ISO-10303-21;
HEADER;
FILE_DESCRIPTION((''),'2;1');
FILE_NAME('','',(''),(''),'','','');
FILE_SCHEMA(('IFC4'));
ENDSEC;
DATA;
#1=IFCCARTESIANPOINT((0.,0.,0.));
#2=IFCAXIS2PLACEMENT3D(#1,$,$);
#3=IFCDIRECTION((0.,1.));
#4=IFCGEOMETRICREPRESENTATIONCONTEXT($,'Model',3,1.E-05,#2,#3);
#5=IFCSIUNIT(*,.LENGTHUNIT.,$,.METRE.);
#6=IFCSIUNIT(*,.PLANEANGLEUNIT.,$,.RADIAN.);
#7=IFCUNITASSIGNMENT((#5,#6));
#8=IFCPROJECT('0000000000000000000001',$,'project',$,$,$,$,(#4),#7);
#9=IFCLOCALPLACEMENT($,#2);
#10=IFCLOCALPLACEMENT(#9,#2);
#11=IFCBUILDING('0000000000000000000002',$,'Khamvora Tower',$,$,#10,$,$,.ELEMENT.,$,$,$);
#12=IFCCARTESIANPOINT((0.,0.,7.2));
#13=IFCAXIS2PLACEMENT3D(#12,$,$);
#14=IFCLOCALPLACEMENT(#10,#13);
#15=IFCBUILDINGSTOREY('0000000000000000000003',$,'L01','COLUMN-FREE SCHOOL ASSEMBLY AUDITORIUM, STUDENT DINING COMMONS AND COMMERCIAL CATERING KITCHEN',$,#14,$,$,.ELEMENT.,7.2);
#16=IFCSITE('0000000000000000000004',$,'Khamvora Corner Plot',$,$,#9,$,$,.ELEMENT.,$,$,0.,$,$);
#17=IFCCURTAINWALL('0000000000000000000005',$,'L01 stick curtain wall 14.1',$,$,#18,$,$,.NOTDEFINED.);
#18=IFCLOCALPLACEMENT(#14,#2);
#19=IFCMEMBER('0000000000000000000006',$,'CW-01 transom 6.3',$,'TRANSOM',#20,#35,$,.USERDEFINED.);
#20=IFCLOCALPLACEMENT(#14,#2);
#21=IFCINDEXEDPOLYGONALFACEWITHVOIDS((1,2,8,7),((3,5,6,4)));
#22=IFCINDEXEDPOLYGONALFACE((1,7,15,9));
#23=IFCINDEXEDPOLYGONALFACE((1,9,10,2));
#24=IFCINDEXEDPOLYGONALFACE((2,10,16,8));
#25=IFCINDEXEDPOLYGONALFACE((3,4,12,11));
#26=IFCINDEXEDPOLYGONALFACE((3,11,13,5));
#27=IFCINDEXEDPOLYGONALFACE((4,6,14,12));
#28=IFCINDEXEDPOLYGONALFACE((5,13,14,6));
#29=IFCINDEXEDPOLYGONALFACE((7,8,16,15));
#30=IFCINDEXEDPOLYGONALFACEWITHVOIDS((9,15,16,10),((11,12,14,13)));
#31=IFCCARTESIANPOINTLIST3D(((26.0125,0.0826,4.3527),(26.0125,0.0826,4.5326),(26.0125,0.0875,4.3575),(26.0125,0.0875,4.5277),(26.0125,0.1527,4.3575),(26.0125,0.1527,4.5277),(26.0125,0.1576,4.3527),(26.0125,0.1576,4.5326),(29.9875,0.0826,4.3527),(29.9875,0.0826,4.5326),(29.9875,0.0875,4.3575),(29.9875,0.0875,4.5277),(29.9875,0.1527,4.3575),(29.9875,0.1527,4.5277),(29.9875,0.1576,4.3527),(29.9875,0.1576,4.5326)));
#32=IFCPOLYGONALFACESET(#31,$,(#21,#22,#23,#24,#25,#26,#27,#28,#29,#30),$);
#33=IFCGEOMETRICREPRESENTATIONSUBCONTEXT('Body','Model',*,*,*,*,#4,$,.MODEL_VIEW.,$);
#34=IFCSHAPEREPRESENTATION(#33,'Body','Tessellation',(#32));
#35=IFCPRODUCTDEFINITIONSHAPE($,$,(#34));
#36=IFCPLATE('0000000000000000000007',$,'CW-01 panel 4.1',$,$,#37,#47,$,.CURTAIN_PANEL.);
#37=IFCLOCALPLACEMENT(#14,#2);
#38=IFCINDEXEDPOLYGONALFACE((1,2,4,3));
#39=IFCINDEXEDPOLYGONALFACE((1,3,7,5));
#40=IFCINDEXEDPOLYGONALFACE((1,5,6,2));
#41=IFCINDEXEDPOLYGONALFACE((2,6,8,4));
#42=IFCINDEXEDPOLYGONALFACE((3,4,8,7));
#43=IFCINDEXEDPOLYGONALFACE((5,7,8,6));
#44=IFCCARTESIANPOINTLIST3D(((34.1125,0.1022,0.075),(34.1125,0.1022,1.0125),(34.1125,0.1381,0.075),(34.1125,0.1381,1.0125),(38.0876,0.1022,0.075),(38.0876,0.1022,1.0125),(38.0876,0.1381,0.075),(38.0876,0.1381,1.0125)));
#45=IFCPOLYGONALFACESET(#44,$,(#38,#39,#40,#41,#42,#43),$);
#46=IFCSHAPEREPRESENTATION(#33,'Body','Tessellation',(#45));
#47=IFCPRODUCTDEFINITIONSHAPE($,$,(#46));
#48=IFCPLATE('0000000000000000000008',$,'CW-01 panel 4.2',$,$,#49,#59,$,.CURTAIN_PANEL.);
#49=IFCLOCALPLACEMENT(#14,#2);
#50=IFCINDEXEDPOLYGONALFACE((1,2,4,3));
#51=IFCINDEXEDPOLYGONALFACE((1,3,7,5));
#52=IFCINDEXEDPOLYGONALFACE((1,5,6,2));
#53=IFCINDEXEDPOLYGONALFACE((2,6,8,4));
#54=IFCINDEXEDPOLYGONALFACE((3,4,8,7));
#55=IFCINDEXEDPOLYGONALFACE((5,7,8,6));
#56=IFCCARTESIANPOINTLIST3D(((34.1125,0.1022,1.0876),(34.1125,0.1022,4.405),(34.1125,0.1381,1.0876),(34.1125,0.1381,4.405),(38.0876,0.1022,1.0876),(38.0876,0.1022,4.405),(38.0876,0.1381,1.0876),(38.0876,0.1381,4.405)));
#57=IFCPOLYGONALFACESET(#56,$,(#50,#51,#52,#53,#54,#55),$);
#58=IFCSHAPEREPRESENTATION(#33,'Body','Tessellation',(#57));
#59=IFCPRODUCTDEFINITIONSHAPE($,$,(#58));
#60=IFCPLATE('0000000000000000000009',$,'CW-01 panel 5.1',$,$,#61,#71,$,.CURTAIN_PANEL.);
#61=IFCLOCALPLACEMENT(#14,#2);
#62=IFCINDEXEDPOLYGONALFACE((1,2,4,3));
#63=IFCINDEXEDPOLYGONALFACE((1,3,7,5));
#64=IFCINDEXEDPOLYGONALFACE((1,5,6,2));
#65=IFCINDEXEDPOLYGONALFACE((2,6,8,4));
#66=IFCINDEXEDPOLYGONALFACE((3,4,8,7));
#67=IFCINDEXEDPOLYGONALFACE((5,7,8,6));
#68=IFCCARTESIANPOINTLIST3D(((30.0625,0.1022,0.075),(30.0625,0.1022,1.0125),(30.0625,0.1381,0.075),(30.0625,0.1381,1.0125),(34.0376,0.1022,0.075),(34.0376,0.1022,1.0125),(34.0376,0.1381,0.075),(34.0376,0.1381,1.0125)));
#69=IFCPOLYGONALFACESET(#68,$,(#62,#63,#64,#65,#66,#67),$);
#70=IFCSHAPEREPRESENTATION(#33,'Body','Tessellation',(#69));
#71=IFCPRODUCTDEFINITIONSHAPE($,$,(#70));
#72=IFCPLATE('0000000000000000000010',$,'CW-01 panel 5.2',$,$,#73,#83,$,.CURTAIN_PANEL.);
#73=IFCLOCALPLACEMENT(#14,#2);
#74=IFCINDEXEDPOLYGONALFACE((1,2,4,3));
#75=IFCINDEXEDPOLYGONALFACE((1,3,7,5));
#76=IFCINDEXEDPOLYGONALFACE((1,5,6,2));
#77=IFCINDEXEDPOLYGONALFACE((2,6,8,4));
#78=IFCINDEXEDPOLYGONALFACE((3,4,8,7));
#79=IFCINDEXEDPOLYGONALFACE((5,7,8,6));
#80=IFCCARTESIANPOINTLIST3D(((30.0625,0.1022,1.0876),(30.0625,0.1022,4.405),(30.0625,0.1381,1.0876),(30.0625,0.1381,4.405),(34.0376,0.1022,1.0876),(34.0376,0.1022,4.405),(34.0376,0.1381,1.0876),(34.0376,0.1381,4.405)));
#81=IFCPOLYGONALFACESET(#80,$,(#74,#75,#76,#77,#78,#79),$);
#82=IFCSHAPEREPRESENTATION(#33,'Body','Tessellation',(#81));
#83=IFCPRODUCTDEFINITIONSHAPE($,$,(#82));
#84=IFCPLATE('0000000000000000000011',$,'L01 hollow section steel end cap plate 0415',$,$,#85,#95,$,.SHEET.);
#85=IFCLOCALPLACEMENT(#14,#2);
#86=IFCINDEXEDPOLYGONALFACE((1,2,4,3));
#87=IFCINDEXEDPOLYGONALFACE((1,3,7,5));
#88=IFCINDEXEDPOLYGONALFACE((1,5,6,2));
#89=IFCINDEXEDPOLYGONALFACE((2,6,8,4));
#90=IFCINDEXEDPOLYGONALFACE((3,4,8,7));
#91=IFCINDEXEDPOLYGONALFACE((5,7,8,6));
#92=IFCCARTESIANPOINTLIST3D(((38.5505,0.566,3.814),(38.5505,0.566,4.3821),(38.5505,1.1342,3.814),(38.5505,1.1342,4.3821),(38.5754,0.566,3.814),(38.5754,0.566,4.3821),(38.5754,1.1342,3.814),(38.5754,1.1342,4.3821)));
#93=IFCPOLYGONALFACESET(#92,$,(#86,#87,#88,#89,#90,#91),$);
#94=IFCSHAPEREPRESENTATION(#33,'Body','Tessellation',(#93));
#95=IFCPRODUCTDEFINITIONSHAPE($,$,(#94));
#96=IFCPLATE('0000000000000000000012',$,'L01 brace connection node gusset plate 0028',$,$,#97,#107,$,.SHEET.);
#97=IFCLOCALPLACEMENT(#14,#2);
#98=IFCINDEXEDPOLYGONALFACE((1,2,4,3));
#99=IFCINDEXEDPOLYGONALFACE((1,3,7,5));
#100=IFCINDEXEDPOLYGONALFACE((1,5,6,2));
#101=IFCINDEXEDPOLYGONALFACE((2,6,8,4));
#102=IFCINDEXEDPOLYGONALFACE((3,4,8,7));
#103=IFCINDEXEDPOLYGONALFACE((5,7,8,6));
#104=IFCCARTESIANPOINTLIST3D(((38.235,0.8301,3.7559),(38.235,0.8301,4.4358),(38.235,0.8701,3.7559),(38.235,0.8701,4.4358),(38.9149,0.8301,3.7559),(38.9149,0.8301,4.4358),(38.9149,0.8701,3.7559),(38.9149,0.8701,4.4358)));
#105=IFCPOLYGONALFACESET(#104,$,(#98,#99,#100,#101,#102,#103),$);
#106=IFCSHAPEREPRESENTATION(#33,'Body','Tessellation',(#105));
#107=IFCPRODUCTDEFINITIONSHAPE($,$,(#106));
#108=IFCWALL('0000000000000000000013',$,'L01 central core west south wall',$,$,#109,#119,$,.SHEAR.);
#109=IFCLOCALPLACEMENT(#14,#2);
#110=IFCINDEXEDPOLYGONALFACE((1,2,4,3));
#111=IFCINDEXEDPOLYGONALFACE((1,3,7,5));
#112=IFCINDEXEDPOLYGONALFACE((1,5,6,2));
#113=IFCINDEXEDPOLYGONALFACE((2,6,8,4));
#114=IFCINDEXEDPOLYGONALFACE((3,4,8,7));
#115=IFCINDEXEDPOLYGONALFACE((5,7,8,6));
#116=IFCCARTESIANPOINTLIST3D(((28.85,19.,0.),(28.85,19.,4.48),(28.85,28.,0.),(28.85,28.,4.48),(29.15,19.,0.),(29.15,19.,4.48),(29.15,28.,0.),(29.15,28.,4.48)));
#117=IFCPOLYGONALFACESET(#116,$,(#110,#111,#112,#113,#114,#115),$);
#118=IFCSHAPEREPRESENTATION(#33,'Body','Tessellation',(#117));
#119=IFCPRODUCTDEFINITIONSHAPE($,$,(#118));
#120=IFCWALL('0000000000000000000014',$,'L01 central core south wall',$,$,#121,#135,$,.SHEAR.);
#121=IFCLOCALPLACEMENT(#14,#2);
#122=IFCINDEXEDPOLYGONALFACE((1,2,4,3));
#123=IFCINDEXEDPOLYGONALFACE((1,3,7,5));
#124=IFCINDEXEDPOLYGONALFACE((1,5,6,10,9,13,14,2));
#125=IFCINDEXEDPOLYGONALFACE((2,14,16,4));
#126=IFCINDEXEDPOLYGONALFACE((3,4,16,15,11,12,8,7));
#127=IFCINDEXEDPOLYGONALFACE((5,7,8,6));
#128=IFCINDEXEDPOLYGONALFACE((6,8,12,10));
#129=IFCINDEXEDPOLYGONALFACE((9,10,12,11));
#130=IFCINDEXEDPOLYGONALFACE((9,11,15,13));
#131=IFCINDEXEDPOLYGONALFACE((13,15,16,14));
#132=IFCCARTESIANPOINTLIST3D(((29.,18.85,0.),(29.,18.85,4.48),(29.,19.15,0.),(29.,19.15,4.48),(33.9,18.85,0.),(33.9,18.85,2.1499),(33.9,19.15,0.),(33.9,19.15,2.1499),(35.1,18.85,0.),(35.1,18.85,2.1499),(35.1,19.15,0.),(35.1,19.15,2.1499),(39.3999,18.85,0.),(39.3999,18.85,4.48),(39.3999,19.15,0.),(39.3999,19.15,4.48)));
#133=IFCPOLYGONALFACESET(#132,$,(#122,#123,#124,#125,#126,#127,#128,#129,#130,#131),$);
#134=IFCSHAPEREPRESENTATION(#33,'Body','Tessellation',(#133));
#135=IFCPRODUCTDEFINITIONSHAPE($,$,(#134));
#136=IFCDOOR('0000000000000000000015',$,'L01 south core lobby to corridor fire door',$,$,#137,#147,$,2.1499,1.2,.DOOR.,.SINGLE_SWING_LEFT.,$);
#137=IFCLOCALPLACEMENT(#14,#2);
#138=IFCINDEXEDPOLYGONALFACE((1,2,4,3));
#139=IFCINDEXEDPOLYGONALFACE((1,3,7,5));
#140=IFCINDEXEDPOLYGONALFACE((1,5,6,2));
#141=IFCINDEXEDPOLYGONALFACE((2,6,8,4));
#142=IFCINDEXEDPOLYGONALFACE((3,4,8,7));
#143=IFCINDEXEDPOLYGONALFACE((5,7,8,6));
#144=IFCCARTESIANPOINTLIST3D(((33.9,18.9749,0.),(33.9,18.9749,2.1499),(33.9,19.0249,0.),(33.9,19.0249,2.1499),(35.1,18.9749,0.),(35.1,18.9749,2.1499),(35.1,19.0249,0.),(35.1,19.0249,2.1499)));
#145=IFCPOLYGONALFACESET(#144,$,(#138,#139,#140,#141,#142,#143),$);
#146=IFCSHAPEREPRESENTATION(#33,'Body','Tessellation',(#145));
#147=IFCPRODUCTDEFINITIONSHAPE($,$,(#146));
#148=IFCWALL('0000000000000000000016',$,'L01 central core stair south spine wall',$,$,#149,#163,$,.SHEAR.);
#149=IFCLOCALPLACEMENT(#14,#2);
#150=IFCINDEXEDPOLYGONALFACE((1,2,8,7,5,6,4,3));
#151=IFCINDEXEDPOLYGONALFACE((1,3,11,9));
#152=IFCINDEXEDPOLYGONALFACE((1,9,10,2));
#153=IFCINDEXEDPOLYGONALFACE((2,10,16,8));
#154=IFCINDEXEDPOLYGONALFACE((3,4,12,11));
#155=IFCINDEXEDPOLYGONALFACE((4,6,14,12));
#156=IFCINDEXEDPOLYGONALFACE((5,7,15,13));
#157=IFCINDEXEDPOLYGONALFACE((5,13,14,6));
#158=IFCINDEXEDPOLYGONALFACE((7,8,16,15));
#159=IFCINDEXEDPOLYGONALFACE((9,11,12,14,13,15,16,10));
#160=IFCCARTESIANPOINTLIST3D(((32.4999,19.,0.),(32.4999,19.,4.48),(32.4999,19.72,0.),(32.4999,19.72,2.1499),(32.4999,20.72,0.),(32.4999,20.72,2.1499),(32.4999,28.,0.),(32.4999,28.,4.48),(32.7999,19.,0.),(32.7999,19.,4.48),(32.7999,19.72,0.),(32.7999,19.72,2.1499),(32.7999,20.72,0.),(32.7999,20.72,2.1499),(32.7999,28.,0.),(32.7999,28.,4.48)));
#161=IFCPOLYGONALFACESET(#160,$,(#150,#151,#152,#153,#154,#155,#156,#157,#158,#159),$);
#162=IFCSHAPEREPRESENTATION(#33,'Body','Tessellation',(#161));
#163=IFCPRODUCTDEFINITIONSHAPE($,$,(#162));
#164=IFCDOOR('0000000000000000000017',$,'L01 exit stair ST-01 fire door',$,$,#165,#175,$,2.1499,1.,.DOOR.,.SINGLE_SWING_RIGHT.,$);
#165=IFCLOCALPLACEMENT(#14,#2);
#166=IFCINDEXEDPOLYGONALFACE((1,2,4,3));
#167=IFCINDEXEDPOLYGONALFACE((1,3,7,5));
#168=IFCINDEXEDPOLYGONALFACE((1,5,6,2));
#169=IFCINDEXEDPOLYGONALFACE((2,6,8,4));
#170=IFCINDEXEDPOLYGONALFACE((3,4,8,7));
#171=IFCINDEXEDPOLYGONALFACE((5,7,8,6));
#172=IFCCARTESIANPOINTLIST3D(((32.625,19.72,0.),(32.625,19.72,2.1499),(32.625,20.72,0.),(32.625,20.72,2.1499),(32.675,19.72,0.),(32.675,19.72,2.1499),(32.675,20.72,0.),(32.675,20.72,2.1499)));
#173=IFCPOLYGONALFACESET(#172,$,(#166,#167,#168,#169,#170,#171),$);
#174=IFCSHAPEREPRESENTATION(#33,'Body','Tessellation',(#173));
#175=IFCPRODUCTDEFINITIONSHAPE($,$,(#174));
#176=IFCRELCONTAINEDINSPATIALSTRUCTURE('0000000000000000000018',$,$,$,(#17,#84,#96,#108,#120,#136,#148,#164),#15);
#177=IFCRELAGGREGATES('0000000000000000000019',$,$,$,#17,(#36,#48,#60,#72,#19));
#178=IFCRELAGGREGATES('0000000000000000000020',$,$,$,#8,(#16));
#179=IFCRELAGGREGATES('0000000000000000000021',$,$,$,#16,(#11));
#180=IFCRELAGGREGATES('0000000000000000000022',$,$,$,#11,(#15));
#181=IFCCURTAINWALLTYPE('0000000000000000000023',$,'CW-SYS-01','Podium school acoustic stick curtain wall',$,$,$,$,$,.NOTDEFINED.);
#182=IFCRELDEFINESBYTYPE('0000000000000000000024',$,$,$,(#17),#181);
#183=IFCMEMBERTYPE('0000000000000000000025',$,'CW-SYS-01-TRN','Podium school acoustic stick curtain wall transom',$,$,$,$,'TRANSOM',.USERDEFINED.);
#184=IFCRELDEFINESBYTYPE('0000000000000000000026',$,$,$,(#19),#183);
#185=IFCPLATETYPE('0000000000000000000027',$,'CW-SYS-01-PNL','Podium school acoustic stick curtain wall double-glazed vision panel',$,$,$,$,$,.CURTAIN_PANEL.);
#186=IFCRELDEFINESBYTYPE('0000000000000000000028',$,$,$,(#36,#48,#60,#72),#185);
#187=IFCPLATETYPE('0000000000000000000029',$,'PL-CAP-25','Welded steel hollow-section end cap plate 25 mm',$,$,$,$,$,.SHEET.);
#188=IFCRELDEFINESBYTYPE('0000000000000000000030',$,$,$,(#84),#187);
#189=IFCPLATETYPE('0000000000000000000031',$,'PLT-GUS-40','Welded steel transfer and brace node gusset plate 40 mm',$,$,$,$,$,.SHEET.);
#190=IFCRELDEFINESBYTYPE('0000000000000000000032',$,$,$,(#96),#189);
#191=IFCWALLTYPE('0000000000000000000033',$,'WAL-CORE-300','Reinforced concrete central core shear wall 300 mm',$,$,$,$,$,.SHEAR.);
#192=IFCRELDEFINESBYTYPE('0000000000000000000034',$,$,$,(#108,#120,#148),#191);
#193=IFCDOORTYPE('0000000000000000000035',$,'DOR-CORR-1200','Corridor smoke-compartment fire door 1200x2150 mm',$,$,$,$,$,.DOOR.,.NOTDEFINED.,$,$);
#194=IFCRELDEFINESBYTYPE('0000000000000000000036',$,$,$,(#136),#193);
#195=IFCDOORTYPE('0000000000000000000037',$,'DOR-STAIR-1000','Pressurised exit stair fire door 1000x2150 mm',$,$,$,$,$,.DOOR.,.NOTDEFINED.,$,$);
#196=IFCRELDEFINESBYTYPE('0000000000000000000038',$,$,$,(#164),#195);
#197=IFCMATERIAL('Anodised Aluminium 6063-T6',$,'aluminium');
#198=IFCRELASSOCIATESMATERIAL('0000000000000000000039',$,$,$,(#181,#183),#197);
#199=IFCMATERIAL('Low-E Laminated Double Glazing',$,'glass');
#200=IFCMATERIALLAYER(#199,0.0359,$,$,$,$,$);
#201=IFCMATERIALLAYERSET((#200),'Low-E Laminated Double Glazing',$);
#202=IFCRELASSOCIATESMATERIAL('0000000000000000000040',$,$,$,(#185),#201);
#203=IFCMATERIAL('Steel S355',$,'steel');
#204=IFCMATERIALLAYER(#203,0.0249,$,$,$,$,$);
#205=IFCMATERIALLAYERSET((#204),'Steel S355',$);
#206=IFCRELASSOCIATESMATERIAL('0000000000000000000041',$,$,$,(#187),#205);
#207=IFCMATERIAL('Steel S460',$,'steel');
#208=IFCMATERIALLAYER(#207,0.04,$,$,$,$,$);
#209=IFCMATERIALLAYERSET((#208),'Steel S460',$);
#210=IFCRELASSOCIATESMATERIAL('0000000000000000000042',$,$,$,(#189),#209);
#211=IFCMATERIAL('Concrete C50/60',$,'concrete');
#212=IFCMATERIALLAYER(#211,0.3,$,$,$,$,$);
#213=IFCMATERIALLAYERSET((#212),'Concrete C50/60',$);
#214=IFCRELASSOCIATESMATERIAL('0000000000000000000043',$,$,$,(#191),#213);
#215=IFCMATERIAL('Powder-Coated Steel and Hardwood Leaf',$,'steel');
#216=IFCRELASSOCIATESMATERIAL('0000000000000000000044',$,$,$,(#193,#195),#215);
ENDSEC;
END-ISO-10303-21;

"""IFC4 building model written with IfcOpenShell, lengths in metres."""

from ifc_helpers import new_model, si_unit, direction, frame, frame_2d, origin, origin_2d, place, context, subcontext, project, spatial, rectangle, hollow_rectangle, extrude, material, layer, layer_set, material_profile, profile_set, type_object, element, fill, aggregate, save


model = new_model("IFC4")

# Units and contexts
model_context = context("Model", 3, precision=1e-05, world=origin(), true_north=direction((0.0, 1.0)))
body_context = subcontext(model_context, "Body", "Model", "MODEL_VIEW")
ifc_project = project(units=[si_unit("LENGTHUNIT", "METRE"), si_unit("PLANEANGLEUNIT", "RADIAN")], contexts=[model_context])

# Site, building, storey
site_placement = place(None, origin())
site = spatial("IfcSite", under=ifc_project, at=site_placement, Name="Khamvora Corner Plot", CompositionType="ELEMENT", RefElevation=0.0)
building_placement = place(site_placement, origin())
building = spatial("IfcBuilding", under=site, at=building_placement, Name="Khamvora Tower", CompositionType="ELEMENT")
storey_placement = place(building_placement, frame((0.0, 0.0, 7.2)))
storey = spatial("IfcBuildingStorey", under=building, at=storey_placement, Name="L01", Description="COLUMN-FREE SCHOOL ASSEMBLY AUDITORIUM, STUDENT DINING COMMONS AND COMMERCIAL CATERING KITCHEN", CompositionType="ELEMENT", Elevation=7.2)

# Shared definitions
ifc_material_1 = material(Name="Steel S460", Category="steel")

# Shared definitions
ifc_material_2 = material(Name="Steel S355", Category="steel")

# Curtain wall, member, plates
ifc_material_3 = material(Name="Anodised Aluminium 6063-T6", Category="aluminium")
curtain_wall_type = type_object("IfcCurtainWallType", Name="CW-SYS-01", Description="Podium school acoustic stick curtain wall", PredefinedType="NOTDEFINED", material=ifc_material_3)
curtain_wall_placement = place(storey_placement, origin())
curtain_wall = element("IfcCurtainWall", 1, at=curtain_wall_placement, inside=storey, type_object=curtain_wall_type, Name="L01 stick curtain wall 14.1", PredefinedType="NOTDEFINED")
ifc_material_profile_1 = material_profile(ifc_material_3, hollow_rectangle(XDim=0.075, YDim=0.1799, WallThickness=0.0049, at=origin_2d()), Name="TRN75x180x5")
ifc_profile_set_1 = profile_set([ifc_material_profile_1], Name="Anodised Aluminium 6063-T6")
member_type_1 = type_object("IfcMemberType", Name="CW-SYS-01-TRN", Description="Podium school acoustic stick curtain wall transom", ElementType="TRANSOM", PredefinedType="USERDEFINED", material=ifc_profile_set_1)
member_1_placement = place(storey_placement, frame((29.9875, 0.1201, 4.4426), z_axis=(-1.0, 0.0, 0.0), x_axis=(0.0, -1.0, 0.0)))
member_1 = element("IfcMember", 2, at=member_1_placement, type_object=member_type_1, Name="CW-01 transom 6.3", ObjectType="TRANSOM", PredefinedType="USERDEFINED", context=body_context, shape_type="SweptSolid", body=[
    extrude(hollow_rectangle(XDim=0.075, YDim=0.1799, WallThickness=0.0049, at=origin_2d()), origin(), (0.0, 0.0, 1.0), 3.9751),
])
ifc_material_4 = material(Name="Low-E Laminated Double Glazing", Category="glass")
ifc_layer_1 = layer(ifc_material_4, 0.0359)
ifc_layer_set_1 = layer_set([ifc_layer_1], Name="Low-E Laminated Double Glazing")
plate_type_1 = type_object("IfcPlateType", Name="CW-SYS-01-PNL", Description="Podium school acoustic stick curtain wall double-glazed vision panel", PredefinedType="CURTAIN_PANEL", material=ifc_layer_set_1)
plate_1_placement = place(storey_placement, frame((36.1001, 0.1201, 0.075), z_axis=(0.0, 0.0, 1.0), x_axis=(-1.0, 0.0, 0.0)))
plate_1 = element("IfcPlate", 3, at=plate_1_placement, type_object=plate_type_1, Name="CW-01 panel 4.1", PredefinedType="CURTAIN_PANEL", context=body_context, shape_type="SweptSolid", body=[
    extrude(rectangle(XDim=3.9751, YDim=0.0359, at=origin_2d()), origin(), (0.0, 0.0, 1.0), 0.9375),
])
plate_2_placement = place(storey_placement, frame((36.1001, 0.1201, 1.0876), z_axis=(0.0, 0.0, 1.0), x_axis=(-1.0, 0.0, 0.0)))
plate_2 = element("IfcPlate", 4, at=plate_2_placement, type_object=plate_type_1, Name="CW-01 panel 4.2", PredefinedType="CURTAIN_PANEL", context=body_context, shape_type="SweptSolid", body=[
    extrude(rectangle(XDim=3.9751, YDim=0.0359, at=origin_2d()), origin(), (0.0, 0.0, 1.0), 3.3174),
])
plate_3_placement = place(storey_placement, frame((32.05, 0.1201, 0.075), z_axis=(0.0, 0.0, 1.0), x_axis=(-1.0, 0.0, 0.0)))
plate_3 = element("IfcPlate", 5, at=plate_3_placement, type_object=plate_type_1, Name="CW-01 panel 5.1", PredefinedType="CURTAIN_PANEL", context=body_context, shape_type="SweptSolid", body=[
    extrude(rectangle(XDim=3.9751, YDim=0.0359, at=origin_2d()), origin(), (0.0, 0.0, 1.0), 0.9375),
])
plate_4_placement = place(storey_placement, frame((32.05, 0.1201, 1.0876), z_axis=(0.0, 0.0, 1.0), x_axis=(-1.0, 0.0, 0.0)))
plate_4 = element("IfcPlate", 6, at=plate_4_placement, type_object=plate_type_1, Name="CW-01 panel 5.2", PredefinedType="CURTAIN_PANEL", context=body_context, shape_type="SweptSolid", body=[
    extrude(rectangle(XDim=3.9751, YDim=0.0359, at=origin_2d()), origin(), (0.0, 0.0, 1.0), 3.3174),
])
aggregate(curtain_wall, [plate_1, plate_2, plate_3, plate_4, member_1])

# Plates
ifc_layer_2 = layer(ifc_material_2, 0.0249)
ifc_layer_set_2 = layer_set([ifc_layer_2], Name="Steel S355")
plate_type_2 = type_object("IfcPlateType", Name="PL-CAP-25", Description="Welded steel hollow-section end cap plate 25 mm", PredefinedType="SHEET", material=ifc_layer_set_2)
plate_5_placement = place(storey_placement, frame((38.563, 0.8501, 3.814), z_axis=(0.0, 0.0, 1.0), x_axis=(-1.0, 0.0, 0.0)))
element("IfcPlate", 7, at=plate_5_placement, inside=storey, type_object=plate_type_2, Name="L01 hollow section steel end cap plate 0415", PredefinedType="SHEET", context=body_context, shape_type="SweptSolid", body=[
    extrude(rectangle(XDim=0.0249, YDim=0.5681, at=origin_2d()), origin(), (0.0, 0.0, 1.0), 0.5681),
])
ifc_layer_3 = layer(ifc_material_1, 0.04)
ifc_layer_set_3 = layer_set([ifc_layer_3], Name="Steel S460")
plate_type_3 = type_object("IfcPlateType", Name="PLT-GUS-40", Description="Welded steel transfer and brace node gusset plate 40 mm", PredefinedType="SHEET", material=ifc_layer_set_3)
plate_6_placement = place(storey_placement, frame((38.575, 0.8501, 3.7559), z_axis=(0.0, 0.0, 1.0), x_axis=(1.0, 0.0, 0.0)))
element("IfcPlate", 8, at=plate_6_placement, inside=storey, type_object=plate_type_3, Name="L01 brace connection node gusset plate 0028", PredefinedType="SHEET", context=body_context, shape_type="SweptSolid", body=[
    extrude(rectangle(XDim=0.6799, YDim=0.04, at=origin_2d()), origin(), (0.0, 0.0, 1.0), 0.6799),
])

# Wall
ifc_material_5 = material(Name="Concrete C50/60", Category="concrete")
ifc_layer_4 = layer(ifc_material_5, 0.3)
ifc_layer_set_4 = layer_set([ifc_layer_4], Name="Concrete C50/60")
wall_type_1 = type_object("IfcWallType", Name="WAL-CORE-300", Description="Reinforced concrete central core shear wall 300 mm", PredefinedType="SHEAR", material=ifc_layer_set_4)
wall_1_placement = place(storey_placement, frame((29.0, 19.0, 0.0), z_axis=(0.0, 0.0, 1.0), x_axis=(0.0, 1.0, 0.0)))
element("IfcWall", 9, at=wall_1_placement, inside=storey, type_object=wall_type_1, Name="L01 central core west south wall", PredefinedType="SHEAR", context=body_context, shape_type="SweptSolid", body=[
    extrude(rectangle(XDim=9.0, YDim=0.3, at=frame_2d((4.5, 0.0))), origin(), (0.0, 0.0, 1.0), 4.48),
])

# Walls, openings, doors
wall_2_placement = place(storey_placement, frame((29.0, 19.0, 0.0), z_axis=(0.0, 0.0, 1.0), x_axis=(1.0, 0.0, 0.0)))
wall_2 = element("IfcWall", 10, at=wall_2_placement, inside=storey, type_object=wall_type_1, Name="L01 central core south wall", PredefinedType="SHEAR", context=body_context, shape_type="SweptSolid", body=[
    extrude(rectangle(XDim=10.3999, YDim=0.3, at=frame_2d((5.2, 0.0))), origin(), (0.0, 0.0, 1.0), 4.48),
])
opening_1_placement = place(wall_2_placement, frame((4.8999, 0.0, 0.0)))
opening_1 = element("IfcOpeningElement", 11, at=opening_1_placement, cuts=wall_2, PredefinedType="OPENING", context=body_context, shape_type="SweptSolid", body=[
    extrude(rectangle(XDim=1.2, YDim=2.1499, at=frame_2d((0.6001, 1.075))), frame((0.0, 0.1599, 0.0), z_axis=(0.0, -1.0, 0.0), x_axis=(1.0, 0.0, 0.0)), (0.0, 0.0, 1.0), 0.3201),
])
ifc_material_6 = material(Name="Powder-Coated Steel and Hardwood Leaf", Category="steel")
door_type_1 = type_object("IfcDoorType", Name="DOR-CORR-1200", Description="Corridor smoke-compartment fire door 1200x2150 mm", OperationType="NOTDEFINED", PredefinedType="DOOR", material=ifc_material_6)
door_1_placement = place(opening_1_placement, origin())
door_1 = element("IfcDoor", 12, at=door_1_placement, inside=storey, type_object=door_type_1, Name="L01 south core lobby to corridor fire door", OperationType="SINGLE_SWING_LEFT", OverallHeight=2.1499, OverallWidth=1.2, PredefinedType="DOOR", context=body_context, shape_type="SweptSolid", body=[
    extrude(rectangle(XDim=1.2, YDim=2.1499, at=frame_2d((0.6001, 1.075))), frame((0.0, 0.0249, 0.0), z_axis=(0.0, -1.0, 0.0), x_axis=(1.0, 0.0, 0.0)), (0.0, 0.0, 1.0), 0.05),
])
fill(opening_1, door_1)
wall_3_placement = place(storey_placement, frame((32.6499, 19.0, 0.0), z_axis=(0.0, 0.0, 1.0), x_axis=(0.0, 1.0, 0.0)))
wall_3 = element("IfcWall", 13, at=wall_3_placement, inside=storey, type_object=wall_type_1, Name="L01 central core stair south spine wall", PredefinedType="SHEAR", context=body_context, shape_type="SweptSolid", body=[
    extrude(rectangle(XDim=9.0, YDim=0.3, at=frame_2d((4.5, 0.0))), origin(), (0.0, 0.0, 1.0), 4.48),
])
opening_2_placement = place(wall_3_placement, frame((0.72, 0.0, 0.0)))
opening_2 = element("IfcOpeningElement", 14, at=opening_2_placement, cuts=wall_3, PredefinedType="OPENING", context=body_context, shape_type="SweptSolid", body=[
    extrude(rectangle(XDim=1.0, YDim=2.1499, at=frame_2d((0.5, 1.075))), frame((0.0, 0.1599, 0.0), z_axis=(0.0, -1.0, 0.0), x_axis=(1.0, 0.0, 0.0)), (0.0, 0.0, 1.0), 0.3201),
])
door_type_2 = type_object("IfcDoorType", Name="DOR-STAIR-1000", Description="Pressurised exit stair fire door 1000x2150 mm", OperationType="NOTDEFINED", PredefinedType="DOOR", material=ifc_material_6)
door_2_placement = place(opening_2_placement, origin())
door_2 = element("IfcDoor", 15, at=door_2_placement, inside=storey, type_object=door_type_2, Name="L01 exit stair ST-01 fire door", OperationType="SINGLE_SWING_RIGHT", OverallHeight=2.1499, OverallWidth=1.0, PredefinedType="DOOR", context=body_context, shape_type="SweptSolid", body=[
    extrude(rectangle(XDim=1.0, YDim=2.1499, at=frame_2d((0.5, 1.075))), frame((0.0, 0.0249, 0.0), z_axis=(0.0, -1.0, 0.0), x_axis=(1.0, 0.0, 0.0)), (0.0, 0.0, 1.0), 0.05),
])
fill(opening_2, door_2)

save(model, "model.ifc")
